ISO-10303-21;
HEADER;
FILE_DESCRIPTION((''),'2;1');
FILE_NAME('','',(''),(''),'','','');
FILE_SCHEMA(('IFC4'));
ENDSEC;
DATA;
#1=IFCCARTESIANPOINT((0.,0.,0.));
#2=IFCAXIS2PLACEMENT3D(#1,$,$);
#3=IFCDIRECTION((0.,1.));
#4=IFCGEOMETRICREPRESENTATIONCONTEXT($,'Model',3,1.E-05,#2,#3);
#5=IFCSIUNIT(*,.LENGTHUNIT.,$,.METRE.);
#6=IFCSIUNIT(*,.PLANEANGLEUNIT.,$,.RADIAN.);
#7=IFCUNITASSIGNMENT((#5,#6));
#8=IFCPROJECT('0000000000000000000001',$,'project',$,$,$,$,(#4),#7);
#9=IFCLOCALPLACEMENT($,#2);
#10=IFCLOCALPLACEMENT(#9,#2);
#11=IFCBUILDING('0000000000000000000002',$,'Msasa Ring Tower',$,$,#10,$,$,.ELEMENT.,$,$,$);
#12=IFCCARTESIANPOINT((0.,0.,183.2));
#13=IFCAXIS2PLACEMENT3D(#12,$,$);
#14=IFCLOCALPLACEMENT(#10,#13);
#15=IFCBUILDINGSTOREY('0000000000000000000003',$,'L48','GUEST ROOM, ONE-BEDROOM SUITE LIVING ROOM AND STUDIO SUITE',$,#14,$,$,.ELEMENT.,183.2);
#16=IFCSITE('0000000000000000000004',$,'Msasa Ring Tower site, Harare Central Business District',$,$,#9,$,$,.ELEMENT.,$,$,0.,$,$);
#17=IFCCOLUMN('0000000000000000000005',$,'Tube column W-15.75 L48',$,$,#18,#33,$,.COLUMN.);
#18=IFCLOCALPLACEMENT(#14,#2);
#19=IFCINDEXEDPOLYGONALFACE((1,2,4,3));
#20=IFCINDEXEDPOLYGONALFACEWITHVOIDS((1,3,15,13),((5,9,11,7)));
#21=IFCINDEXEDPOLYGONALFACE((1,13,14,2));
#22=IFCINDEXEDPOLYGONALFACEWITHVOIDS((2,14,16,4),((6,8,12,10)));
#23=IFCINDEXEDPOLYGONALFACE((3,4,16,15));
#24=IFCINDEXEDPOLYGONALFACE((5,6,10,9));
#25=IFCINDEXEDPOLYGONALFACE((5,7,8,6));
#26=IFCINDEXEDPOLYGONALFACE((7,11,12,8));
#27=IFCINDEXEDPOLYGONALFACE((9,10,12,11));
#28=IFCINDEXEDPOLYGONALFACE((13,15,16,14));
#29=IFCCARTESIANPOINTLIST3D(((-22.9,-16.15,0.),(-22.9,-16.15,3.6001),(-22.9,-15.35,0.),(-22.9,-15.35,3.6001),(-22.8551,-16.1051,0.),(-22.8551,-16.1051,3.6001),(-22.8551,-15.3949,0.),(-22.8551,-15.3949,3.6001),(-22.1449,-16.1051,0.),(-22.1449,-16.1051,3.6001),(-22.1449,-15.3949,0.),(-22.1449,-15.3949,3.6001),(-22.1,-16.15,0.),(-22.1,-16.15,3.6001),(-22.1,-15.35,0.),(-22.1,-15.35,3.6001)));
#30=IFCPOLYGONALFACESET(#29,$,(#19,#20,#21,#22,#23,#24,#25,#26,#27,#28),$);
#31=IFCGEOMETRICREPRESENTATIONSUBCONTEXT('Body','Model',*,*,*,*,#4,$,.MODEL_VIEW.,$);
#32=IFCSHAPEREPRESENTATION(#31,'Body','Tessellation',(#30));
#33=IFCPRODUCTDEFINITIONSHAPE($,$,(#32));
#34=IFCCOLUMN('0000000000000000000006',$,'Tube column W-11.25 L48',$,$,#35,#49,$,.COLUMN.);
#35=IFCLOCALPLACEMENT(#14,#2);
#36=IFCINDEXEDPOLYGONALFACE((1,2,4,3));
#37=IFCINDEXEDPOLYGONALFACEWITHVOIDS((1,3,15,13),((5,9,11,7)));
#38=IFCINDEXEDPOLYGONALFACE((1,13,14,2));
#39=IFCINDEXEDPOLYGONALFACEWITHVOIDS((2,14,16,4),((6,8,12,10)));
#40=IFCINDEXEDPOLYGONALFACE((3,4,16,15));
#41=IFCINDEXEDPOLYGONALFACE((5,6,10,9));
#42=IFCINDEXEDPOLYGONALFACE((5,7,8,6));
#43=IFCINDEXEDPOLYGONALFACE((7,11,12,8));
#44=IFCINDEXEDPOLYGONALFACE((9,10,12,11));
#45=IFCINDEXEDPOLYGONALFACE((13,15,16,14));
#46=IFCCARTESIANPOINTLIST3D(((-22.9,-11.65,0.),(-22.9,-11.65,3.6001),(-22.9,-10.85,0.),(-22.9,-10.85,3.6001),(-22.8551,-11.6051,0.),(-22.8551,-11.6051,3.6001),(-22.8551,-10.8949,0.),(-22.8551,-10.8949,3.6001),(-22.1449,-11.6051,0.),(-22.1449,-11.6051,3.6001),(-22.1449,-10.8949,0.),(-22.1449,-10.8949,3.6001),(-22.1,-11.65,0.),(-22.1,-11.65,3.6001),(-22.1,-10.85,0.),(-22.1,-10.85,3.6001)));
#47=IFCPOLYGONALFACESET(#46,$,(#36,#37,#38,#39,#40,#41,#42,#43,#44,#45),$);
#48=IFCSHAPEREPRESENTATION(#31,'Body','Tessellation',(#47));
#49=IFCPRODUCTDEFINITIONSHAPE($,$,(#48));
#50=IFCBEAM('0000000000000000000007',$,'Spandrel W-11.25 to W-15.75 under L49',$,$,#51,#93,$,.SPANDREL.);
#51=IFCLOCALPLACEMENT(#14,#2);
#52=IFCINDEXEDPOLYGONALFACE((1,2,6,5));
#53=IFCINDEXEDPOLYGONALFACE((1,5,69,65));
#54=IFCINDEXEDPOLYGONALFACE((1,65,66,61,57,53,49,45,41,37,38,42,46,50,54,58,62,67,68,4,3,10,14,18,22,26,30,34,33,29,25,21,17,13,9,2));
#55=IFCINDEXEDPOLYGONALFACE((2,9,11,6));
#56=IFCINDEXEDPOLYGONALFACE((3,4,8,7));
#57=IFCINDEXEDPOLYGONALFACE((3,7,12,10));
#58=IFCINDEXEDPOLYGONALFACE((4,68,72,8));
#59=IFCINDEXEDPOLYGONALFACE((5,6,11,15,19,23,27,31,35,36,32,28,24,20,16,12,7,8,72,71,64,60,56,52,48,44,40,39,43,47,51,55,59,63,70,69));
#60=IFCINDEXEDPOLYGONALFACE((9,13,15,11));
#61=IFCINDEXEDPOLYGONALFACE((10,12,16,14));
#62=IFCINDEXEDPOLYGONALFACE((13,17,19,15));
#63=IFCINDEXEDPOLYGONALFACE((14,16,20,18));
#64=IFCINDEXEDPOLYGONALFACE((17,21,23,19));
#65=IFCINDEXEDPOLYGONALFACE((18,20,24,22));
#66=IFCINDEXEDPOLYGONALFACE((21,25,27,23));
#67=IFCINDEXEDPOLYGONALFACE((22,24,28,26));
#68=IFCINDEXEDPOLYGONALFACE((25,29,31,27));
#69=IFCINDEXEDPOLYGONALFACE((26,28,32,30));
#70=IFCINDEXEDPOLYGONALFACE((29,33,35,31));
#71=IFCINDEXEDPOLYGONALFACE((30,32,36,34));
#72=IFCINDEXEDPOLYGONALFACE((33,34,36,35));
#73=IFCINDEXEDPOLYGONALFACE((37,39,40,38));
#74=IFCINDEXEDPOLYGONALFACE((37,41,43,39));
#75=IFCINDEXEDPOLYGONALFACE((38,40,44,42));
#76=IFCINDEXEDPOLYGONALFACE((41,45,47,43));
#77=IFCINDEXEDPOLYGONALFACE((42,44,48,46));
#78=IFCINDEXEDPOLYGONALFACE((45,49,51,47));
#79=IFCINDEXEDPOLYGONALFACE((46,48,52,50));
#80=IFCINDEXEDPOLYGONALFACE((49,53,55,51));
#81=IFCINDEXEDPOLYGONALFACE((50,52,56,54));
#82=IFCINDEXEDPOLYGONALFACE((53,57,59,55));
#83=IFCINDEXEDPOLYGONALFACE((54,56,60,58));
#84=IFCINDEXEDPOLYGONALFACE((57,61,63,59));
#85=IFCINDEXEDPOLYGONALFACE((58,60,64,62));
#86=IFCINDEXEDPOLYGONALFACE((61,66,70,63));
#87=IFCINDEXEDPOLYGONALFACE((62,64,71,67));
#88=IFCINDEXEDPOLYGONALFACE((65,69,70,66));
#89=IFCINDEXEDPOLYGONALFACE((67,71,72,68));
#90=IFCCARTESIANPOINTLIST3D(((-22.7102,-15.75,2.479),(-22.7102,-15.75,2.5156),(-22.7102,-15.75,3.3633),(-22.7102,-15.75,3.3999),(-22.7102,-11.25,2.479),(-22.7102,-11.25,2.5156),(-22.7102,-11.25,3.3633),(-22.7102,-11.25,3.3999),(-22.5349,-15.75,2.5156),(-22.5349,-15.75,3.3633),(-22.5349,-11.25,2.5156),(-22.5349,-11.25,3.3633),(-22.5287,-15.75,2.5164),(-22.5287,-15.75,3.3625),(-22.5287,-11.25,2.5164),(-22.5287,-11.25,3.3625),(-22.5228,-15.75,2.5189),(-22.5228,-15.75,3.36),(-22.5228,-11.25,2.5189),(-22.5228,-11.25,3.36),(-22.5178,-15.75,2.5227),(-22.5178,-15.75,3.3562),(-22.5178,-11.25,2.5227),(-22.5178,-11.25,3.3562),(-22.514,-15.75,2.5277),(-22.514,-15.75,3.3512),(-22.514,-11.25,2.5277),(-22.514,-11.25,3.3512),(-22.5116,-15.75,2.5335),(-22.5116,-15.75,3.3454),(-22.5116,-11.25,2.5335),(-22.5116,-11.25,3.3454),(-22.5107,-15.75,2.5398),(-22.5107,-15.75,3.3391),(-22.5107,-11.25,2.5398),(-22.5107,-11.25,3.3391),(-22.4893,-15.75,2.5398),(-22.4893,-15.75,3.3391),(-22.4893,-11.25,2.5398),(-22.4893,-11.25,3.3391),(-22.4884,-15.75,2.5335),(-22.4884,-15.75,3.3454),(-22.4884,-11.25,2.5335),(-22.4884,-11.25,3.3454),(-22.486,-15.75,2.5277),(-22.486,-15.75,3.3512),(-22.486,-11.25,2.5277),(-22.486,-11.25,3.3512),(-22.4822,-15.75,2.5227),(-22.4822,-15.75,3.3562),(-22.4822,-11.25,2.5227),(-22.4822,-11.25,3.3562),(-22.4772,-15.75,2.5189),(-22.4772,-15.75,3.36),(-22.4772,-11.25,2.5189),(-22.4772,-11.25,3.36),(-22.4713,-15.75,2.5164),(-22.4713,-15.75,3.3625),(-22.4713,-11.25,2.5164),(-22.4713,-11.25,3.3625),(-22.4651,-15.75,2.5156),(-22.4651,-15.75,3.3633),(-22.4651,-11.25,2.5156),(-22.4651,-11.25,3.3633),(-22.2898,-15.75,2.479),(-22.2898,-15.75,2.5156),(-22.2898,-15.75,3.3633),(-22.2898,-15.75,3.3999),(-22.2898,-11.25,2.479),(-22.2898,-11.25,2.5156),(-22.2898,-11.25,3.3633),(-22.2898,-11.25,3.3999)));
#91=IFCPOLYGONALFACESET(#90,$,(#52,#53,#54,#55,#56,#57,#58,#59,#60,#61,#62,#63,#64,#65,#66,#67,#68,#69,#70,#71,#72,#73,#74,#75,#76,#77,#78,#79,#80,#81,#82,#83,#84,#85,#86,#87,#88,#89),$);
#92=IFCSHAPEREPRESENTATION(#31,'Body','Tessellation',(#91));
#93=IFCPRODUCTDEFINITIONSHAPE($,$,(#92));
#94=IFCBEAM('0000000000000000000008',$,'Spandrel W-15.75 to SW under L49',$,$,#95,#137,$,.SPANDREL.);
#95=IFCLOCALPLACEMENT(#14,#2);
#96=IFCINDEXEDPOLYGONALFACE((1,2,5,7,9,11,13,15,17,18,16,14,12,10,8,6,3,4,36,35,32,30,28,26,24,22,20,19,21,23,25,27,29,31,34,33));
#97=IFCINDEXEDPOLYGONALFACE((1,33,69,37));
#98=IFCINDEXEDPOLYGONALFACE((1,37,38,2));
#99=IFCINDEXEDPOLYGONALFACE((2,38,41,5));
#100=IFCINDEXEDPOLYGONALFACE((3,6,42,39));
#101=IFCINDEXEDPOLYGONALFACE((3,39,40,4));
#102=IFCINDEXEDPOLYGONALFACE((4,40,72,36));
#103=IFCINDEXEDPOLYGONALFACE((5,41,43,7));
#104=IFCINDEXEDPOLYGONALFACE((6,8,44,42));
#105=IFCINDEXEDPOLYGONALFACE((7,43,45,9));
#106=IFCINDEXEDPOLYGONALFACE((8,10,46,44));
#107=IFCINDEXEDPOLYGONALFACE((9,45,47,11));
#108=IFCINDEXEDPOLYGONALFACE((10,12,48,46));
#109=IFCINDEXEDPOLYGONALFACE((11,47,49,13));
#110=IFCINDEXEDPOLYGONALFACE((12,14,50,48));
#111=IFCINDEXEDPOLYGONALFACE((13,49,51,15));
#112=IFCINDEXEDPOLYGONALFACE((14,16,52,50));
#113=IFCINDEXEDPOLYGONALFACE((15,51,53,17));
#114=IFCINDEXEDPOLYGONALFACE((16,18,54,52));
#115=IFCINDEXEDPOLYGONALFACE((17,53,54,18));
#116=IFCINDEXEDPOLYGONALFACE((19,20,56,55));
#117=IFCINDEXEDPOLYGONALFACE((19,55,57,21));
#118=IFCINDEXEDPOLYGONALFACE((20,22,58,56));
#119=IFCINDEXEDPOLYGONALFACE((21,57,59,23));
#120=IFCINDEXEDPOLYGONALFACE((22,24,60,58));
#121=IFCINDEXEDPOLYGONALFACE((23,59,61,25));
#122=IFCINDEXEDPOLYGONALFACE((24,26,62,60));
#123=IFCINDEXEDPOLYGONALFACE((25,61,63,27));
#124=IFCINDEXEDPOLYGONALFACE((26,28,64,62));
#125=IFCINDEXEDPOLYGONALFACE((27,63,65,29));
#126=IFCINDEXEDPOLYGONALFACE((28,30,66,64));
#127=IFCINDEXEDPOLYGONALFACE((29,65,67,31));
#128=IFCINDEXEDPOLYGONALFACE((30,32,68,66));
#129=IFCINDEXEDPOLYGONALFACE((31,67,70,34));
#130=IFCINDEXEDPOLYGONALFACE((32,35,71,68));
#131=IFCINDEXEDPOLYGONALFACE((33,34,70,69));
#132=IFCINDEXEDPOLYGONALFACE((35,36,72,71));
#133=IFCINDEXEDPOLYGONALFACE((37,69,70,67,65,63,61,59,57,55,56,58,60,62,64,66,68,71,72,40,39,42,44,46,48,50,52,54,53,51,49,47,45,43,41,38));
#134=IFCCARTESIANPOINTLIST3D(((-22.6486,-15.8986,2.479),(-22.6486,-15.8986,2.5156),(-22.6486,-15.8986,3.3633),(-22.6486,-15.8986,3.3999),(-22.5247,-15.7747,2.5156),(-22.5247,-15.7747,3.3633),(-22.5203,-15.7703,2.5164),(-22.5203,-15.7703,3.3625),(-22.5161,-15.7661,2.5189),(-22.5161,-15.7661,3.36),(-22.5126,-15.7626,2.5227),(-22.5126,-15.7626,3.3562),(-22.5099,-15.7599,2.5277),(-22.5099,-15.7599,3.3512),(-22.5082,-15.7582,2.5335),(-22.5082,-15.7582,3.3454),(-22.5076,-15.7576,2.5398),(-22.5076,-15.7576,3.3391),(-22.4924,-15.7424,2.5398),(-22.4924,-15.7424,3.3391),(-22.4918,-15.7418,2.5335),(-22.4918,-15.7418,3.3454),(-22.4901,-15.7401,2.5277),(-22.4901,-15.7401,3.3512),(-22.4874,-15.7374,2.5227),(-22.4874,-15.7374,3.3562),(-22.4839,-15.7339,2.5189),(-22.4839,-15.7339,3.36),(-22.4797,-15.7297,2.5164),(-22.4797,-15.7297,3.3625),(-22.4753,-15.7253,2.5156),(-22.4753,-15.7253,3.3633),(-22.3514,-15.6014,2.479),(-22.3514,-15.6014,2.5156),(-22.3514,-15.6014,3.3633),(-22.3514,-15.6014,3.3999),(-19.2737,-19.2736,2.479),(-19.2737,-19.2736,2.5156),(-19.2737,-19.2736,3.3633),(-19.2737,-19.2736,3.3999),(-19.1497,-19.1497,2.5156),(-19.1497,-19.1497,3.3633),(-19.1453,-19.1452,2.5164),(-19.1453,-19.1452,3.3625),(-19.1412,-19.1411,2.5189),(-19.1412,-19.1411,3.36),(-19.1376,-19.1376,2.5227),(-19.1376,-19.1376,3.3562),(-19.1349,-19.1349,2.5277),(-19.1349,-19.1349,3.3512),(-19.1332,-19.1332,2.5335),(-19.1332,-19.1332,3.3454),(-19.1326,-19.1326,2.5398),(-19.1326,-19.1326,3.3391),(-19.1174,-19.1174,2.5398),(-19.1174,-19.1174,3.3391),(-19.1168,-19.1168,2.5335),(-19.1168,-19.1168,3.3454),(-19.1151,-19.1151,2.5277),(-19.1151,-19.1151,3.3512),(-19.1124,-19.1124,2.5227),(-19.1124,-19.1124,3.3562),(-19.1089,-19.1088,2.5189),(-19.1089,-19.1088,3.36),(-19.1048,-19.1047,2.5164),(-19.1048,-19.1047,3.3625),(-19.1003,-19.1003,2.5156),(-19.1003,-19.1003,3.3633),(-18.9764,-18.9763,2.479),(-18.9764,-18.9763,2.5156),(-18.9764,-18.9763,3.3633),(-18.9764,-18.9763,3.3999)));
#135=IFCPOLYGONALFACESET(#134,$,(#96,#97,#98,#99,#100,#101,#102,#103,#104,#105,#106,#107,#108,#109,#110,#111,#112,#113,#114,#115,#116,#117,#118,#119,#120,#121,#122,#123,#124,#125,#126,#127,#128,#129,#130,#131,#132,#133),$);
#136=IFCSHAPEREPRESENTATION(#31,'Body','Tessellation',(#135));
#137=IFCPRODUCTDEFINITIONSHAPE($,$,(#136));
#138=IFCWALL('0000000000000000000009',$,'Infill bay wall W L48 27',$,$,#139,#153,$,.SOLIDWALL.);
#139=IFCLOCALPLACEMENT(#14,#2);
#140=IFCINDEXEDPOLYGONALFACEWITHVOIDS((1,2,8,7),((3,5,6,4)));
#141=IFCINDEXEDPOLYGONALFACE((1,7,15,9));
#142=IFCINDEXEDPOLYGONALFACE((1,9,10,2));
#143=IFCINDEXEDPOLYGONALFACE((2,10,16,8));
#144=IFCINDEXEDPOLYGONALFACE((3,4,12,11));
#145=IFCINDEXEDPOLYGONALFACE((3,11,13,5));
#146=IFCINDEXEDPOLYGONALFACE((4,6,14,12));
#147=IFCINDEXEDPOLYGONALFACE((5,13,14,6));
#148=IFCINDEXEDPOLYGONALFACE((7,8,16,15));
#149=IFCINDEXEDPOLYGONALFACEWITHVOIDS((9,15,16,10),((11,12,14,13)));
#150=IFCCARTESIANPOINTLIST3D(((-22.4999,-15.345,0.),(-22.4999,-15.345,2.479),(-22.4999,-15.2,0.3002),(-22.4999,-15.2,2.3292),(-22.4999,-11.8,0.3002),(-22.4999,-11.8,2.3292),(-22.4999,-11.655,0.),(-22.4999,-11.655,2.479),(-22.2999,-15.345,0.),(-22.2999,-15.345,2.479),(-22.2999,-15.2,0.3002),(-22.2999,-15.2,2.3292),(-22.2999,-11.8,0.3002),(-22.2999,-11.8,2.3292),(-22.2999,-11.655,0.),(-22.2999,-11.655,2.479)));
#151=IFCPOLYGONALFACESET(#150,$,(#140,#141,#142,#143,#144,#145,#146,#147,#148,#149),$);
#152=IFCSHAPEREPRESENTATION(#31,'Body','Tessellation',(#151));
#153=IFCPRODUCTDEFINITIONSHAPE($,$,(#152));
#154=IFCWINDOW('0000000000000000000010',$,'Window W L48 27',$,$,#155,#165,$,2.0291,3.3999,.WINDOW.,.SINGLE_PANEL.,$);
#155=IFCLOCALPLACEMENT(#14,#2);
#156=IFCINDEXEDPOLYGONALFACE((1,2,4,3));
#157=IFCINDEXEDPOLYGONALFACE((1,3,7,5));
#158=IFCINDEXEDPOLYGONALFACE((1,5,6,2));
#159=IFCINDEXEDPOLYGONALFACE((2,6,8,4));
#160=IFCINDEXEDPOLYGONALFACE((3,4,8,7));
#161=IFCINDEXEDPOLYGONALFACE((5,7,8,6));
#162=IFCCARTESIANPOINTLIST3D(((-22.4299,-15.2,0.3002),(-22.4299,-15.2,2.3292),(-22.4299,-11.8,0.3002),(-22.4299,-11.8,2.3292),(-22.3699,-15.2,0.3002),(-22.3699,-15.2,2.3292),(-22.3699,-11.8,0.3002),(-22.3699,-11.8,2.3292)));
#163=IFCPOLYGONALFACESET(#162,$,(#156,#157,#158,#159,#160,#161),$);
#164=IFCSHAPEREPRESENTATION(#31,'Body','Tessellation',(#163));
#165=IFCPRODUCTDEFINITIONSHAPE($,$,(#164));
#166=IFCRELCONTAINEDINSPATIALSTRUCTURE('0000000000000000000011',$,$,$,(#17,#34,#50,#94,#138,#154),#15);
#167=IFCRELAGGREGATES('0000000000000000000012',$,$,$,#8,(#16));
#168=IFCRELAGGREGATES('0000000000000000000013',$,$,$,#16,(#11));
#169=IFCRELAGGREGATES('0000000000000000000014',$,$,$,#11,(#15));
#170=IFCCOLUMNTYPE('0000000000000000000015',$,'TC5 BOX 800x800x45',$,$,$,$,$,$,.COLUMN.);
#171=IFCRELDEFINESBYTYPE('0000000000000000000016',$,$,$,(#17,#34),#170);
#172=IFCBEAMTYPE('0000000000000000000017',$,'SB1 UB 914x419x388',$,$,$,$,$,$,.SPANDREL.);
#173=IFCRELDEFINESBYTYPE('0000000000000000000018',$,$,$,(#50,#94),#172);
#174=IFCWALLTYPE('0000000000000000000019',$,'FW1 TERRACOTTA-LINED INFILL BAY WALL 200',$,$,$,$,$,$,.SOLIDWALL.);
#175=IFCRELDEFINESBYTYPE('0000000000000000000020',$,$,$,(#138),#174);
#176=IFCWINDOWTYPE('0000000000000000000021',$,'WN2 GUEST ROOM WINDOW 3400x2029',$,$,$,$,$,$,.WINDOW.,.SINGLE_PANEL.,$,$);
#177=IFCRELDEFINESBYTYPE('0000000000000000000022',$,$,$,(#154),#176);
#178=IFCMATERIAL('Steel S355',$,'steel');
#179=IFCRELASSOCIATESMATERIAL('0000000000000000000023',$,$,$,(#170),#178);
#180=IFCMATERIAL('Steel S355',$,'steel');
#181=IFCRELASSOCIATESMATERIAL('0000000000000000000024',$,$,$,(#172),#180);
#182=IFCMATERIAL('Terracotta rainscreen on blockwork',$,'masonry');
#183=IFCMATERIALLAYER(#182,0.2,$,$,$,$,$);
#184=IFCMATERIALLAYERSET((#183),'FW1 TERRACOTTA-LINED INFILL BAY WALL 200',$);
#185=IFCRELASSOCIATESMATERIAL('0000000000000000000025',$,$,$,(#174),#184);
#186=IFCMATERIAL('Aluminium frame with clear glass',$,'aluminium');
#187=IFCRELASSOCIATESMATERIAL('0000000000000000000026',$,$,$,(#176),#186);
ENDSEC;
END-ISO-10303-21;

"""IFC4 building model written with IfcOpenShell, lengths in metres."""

from ifc_helpers import new_model, si_unit, direction, frame, frame_2d, origin, origin_2d, place, context, subcontext, project, spatial, rectangle, hollow_rectangle, i_section, extrude, material, layer, layer_set, material_profile, profile_set, type_object, element, fill, save


model = new_model("IFC4")

# Units and contexts
model_context = context("Model", 3, precision=1e-05, world=origin(), true_north=direction((0.0, 1.0)))
body_context = subcontext(model_context, "Body", "Model", "MODEL_VIEW")
ifc_project = project(units=[si_unit("LENGTHUNIT", "METRE"), si_unit("PLANEANGLEUNIT", "RADIAN")], contexts=[model_context])

# Site, building, storey
site_placement = place(None, origin())
site = spatial("IfcSite", under=ifc_project, at=site_placement, Name="Msasa Ring Tower site, Harare Central Business District", CompositionType="ELEMENT", RefElevation=0.0)
building_placement = place(site_placement, origin())
building = spatial("IfcBuilding", under=site, at=building_placement, Name="Msasa Ring Tower", CompositionType="ELEMENT")
storey_placement = place(building_placement, frame((0.0, 0.0, 183.2)))
storey = spatial("IfcBuildingStorey", under=building, at=storey_placement, Name="L48", Description="GUEST ROOM, ONE-BEDROOM SUITE LIVING ROOM AND STUDIO SUITE", CompositionType="ELEMENT", Elevation=183.2)

# Columns
ifc_material_1 = material(Name="Steel S355", Category="steel")
ifc_material_profile_1 = material_profile(ifc_material_1, hollow_rectangle(XDim=0.8, YDim=0.8, WallThickness=0.0449, at=origin_2d()), Name="BOX 800x800x45")
ifc_profile_set_1 = profile_set([ifc_material_profile_1], Name="Steel S355")
column_type = type_object("IfcColumnType", Name="TC5 BOX 800x800x45", PredefinedType="COLUMN", material=ifc_profile_set_1)
for number, where, z_axis, x_axis, name in (
    (1, (-22.5, -15.75, 0.0), (0.0, 0.0, 1.0), (1.0, 0.0, 0.0), "Tube column W-15.75 L48"),
    (2, (-22.5, -11.25, 0.0), (0.0, 0.0, 1.0), (1.0, 0.0, 0.0), "Tube column W-11.25 L48"),
):
    element("IfcColumn", number, at=place(storey_placement, frame(where, z_axis=z_axis, x_axis=x_axis)), inside=storey, type_object=column_type, Name=name, PredefinedType="COLUMN", context=body_context, shape_type="SweptSolid", body=[
        extrude(hollow_rectangle(XDim=0.8, YDim=0.8, WallThickness=0.0449, at=origin_2d()), origin(), (0.0, 0.0, 1.0), 3.6001),
    ])

# Beams
ifc_material_2 = material(Name="Steel S355", Category="steel")
ifc_material_profile_2 = material_profile(ifc_material_2, i_section(OverallWidth=0.4204, OverallDepth=0.9209, WebThickness=0.0215, FlangeThickness=0.0366, FilletRadius=0.0242, at=origin_2d()), Name="UB 914x419x388")
ifc_profile_set_2 = profile_set([ifc_material_profile_2], Name="Steel S355")
beam_type = type_object("IfcBeamType", Name="SB1 UB 914x419x388", PredefinedType="SPANDREL", material=ifc_profile_set_2)
beam_1_placement = place(storey_placement, frame((-22.5, -11.25, 2.9395), z_axis=(0.0, -1.0, 0.0), x_axis=(1.0, 0.0, 0.0)))
element("IfcBeam", 3, at=beam_1_placement, inside=storey, type_object=beam_type, Name="Spandrel W-11.25 to W-15.75 under L49", PredefinedType="SPANDREL", context=body_context, shape_type="SweptSolid", body=[
    extrude(i_section(OverallWidth=0.4204, OverallDepth=0.9209, WebThickness=0.0215, FlangeThickness=0.0366, FilletRadius=0.0242, at=origin_2d()), origin(), (0.0, 0.0, 1.0), 4.5),
])
beam_2_placement = place(storey_placement, frame((-22.5, -15.75, 2.9395), z_axis=(0.707107, -0.707107, 0.0), x_axis=(0.707107, 0.707107, 0.0)))
element("IfcBeam", 4, at=beam_2_placement, inside=storey, type_object=beam_type, Name="Spandrel W-15.75 to SW under L49", PredefinedType="SPANDREL", context=body_context, shape_type="SweptSolid", body=[
    extrude(i_section(OverallWidth=0.4204, OverallDepth=0.9209, WebThickness=0.0215, FlangeThickness=0.0366, FilletRadius=0.0242, at=origin_2d()), origin(), (0.0, 0.0, 1.0), 4.7729),
])

# Wall, opening, window
ifc_material_3 = material(Name="Terracotta rainscreen on blockwork", Category="masonry")
ifc_layer = layer(ifc_material_3, 0.2)
ifc_layer_set = layer_set([ifc_layer], Name="FW1 TERRACOTTA-LINED INFILL BAY WALL 200")
wall_type = type_object("IfcWallType", Name="FW1 TERRACOTTA-LINED INFILL BAY WALL 200", PredefinedType="SOLIDWALL", material=ifc_layer_set)
wall_1_placement = place(storey_placement, frame((-22.3999, -15.345, 0.0), z_axis=(0.0, 0.0, 1.0), x_axis=(0.0, 1.0, 0.0)))
wall_1 = element("IfcWall", 5, at=wall_1_placement, inside=storey, type_object=wall_type, Name="Infill bay wall W L48 27", PredefinedType="SOLIDWALL", context=body_context, shape_type="SweptSolid", body=[
    extrude(rectangle(XDim=3.6899, YDim=0.2, at=frame_2d((1.845, 0.0))), origin(), (0.0, 0.0, 1.0), 2.479),
])
opening_1_placement = place(wall_1_placement, frame((0.145, 0.0, 0.3)))
opening_1 = element("IfcOpeningElement", 6, at=opening_1_placement, cuts=wall_1, PredefinedType="OPENING", context=body_context, shape_type="SweptSolid", body=[
    extrude(rectangle(XDim=3.3999, YDim=2.0291, at=frame_2d((1.7, 1.0146))), frame((0.0, 0.1099, 0.0), z_axis=(0.0, -1.0, 0.0), x_axis=(1.0, 0.0, 0.0)), (0.0, 0.0, 1.0), 0.22),
])
ifc_material_4 = material(Name="Aluminium frame with clear glass", Category="aluminium")
window_type = type_object("IfcWindowType", Name="WN2 GUEST ROOM WINDOW 3400x2029", PartitioningType="SINGLE_PANEL", PredefinedType="WINDOW", material=ifc_material_4)
window_1_placement = place(opening_1_placement, origin())
window_1 = element("IfcWindow", 7, at=window_1_placement, inside=storey, type_object=window_type, Name="Window W L48 27", OverallHeight=2.0291, OverallWidth=3.3999, PartitioningType="SINGLE_PANEL", PredefinedType="WINDOW", context=body_context, shape_type="SweptSolid", body=[
    extrude(rectangle(XDim=3.3999, YDim=2.0291, at=frame_2d((1.7, 1.0146))), frame((0.0, 0.03, 0.0), z_axis=(0.0, -1.0, 0.0), x_axis=(1.0, 0.0, 0.0)), (0.0, 0.0, 1.0), 0.0601),
])
fill(opening_1, window_1)

save(model, "model.ifc")
